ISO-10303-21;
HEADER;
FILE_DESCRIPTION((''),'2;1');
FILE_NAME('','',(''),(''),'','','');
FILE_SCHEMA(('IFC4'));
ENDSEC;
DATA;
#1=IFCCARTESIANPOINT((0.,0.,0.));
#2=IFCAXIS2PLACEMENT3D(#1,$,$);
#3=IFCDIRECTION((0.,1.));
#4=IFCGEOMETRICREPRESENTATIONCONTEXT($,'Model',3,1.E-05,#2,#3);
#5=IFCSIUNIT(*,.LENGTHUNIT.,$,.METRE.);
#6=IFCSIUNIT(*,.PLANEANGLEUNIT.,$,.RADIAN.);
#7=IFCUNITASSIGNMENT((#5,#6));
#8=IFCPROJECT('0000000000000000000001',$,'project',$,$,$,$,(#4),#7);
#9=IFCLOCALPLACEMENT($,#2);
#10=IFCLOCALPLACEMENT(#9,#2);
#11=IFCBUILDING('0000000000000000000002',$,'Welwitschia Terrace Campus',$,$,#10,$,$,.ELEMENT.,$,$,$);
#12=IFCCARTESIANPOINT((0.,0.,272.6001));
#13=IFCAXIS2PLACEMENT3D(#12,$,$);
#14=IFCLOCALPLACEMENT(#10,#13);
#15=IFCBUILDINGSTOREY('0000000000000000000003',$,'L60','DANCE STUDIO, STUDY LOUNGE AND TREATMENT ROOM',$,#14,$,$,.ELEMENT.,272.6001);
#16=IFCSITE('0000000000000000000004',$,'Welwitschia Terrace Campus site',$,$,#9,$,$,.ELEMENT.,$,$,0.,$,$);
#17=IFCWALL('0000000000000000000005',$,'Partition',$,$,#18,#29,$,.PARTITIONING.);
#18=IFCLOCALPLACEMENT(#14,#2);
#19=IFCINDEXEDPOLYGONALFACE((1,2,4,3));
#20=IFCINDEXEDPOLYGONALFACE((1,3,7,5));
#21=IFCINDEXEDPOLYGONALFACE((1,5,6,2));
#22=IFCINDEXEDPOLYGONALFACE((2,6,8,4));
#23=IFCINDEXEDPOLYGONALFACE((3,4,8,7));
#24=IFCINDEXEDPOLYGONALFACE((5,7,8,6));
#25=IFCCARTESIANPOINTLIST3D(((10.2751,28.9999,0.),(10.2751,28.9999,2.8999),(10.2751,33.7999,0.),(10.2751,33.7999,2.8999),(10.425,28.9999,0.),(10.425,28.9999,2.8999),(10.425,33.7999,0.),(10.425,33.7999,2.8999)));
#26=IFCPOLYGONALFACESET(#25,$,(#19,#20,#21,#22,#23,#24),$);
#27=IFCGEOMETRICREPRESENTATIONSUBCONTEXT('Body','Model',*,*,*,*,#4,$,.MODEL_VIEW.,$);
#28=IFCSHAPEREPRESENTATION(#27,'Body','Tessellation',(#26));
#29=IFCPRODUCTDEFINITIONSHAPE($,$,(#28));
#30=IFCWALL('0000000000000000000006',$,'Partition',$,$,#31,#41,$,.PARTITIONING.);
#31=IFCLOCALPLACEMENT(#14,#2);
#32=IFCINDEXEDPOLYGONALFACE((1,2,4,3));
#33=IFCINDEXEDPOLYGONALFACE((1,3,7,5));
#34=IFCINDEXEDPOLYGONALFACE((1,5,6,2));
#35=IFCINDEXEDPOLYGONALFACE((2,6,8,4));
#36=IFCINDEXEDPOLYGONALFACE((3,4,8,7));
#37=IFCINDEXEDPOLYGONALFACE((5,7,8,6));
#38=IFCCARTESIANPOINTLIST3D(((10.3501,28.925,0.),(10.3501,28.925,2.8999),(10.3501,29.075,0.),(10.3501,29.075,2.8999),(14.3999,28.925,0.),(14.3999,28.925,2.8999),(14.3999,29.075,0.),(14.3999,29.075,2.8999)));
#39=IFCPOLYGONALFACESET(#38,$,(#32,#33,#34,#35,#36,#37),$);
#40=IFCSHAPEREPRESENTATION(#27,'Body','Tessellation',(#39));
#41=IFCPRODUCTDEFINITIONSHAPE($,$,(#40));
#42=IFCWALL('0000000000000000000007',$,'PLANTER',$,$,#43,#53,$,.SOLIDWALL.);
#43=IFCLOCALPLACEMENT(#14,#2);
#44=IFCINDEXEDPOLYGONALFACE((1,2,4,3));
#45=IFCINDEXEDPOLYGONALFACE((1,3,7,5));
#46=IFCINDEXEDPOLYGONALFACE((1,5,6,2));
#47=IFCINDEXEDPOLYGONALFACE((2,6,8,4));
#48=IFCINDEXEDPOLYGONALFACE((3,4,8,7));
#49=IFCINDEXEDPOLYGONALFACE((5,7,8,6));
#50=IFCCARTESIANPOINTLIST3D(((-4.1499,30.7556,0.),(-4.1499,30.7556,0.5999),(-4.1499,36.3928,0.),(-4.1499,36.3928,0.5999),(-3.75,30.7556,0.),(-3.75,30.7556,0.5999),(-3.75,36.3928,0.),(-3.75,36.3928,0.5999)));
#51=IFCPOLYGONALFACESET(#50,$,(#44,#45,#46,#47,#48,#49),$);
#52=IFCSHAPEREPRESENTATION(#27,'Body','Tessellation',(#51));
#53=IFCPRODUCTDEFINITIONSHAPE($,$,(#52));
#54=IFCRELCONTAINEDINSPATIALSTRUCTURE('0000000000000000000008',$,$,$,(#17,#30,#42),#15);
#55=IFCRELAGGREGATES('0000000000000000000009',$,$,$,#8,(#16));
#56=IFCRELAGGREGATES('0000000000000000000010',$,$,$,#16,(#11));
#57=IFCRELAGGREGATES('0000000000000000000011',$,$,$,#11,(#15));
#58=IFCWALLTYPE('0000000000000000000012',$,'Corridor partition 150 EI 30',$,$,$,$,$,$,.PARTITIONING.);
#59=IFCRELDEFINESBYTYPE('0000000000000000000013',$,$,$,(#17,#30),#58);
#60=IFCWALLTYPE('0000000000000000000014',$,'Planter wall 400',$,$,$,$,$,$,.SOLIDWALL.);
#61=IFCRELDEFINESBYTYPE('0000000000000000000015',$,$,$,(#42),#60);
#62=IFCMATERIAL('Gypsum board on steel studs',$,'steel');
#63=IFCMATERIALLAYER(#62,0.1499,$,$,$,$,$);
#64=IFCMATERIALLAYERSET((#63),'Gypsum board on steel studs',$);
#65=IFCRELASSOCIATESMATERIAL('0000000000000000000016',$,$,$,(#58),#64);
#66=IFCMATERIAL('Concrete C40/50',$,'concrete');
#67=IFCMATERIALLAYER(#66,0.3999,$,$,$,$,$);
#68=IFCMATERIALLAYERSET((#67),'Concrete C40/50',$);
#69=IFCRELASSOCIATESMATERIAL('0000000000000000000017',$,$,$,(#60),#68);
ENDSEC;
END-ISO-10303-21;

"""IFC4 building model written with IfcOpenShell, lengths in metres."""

from ifc_helpers import new_model, si_unit, direction, frame, frame_2d, origin, place, context, subcontext, project, spatial, rectangle, extrude, material, layer, layer_set, type_object, element, save


model = new_model("IFC4")

# Units and contexts
model_context = context("Model", 3, precision=1e-05, world=origin(), true_north=direction((0.0, 1.0)))
body_context = subcontext(model_context, "Body", "Model", "MODEL_VIEW")
ifc_project = project(units=[si_unit("LENGTHUNIT", "METRE"), si_unit("PLANEANGLEUNIT", "RADIAN")], contexts=[model_context])

# Site, building, storey
site_placement = place(None, origin())
site = spatial("IfcSite", under=ifc_project, at=site_placement, Name="Welwitschia Terrace Campus site", CompositionType="ELEMENT", RefElevation=0.0)
building_placement = place(site_placement, origin())
building = spatial("IfcBuilding", under=site, at=building_placement, Name="Welwitschia Terrace Campus", CompositionType="ELEMENT")
storey_placement = place(building_placement, frame((0.0, 0.0, 272.6001)))
storey = spatial("IfcBuildingStorey", under=building, at=storey_placement, Name="L60", Description="DANCE STUDIO, STUDY LOUNGE AND TREATMENT ROOM", CompositionType="ELEMENT", Elevation=272.6001)

# Shared definitions
ifc_material_1 = material(Name="Gypsum board on steel studs", Category="steel")
ifc_layer_1 = layer(ifc_material_1, 0.1499)
ifc_layer_set_1 = layer_set([ifc_layer_1], Name="Gypsum board on steel studs")
wall_type_1 = type_object("IfcWallType", Name="Corridor partition 150 EI 30", PredefinedType="PARTITIONING", material=ifc_layer_set_1)

# Walls
wall_1_placement = place(storey_placement, frame((10.3501, 29.0, 0.0), z_axis=(0.0, 0.0, 1.0), x_axis=(0.0, 1.0, 0.0)))
element("IfcWall", 1, at=wall_1_placement, inside=storey, type_object=wall_type_1, Name="Partition", PredefinedType="PARTITIONING", context=body_context, shape_type="SweptSolid", body=[
    extrude(rectangle(XDim=4.8, YDim=0.1499, at=frame_2d((2.3999, 0.0))), origin(), (0.0, 0.0, 1.0), 2.8999),
])
wall_2_placement = place(storey_placement, frame((10.3501, 29.0, 0.0), z_axis=(0.0, 0.0, 1.0), x_axis=(1.0, 0.0, 0.0)))
element("IfcWall", 2, at=wall_2_placement, inside=storey, type_object=wall_type_1, Name="Partition", PredefinedType="PARTITIONING", context=body_context, shape_type="SweptSolid", body=[
    extrude(rectangle(XDim=4.0498, YDim=0.1499, at=frame_2d((2.0249, 0.0))), origin(), (0.0, 0.0, 1.0), 2.8999),
])
ifc_material_2 = material(Name="Concrete C40/50", Category="concrete")
ifc_layer_2 = layer(ifc_material_2, 0.3999)
ifc_layer_set_2 = layer_set([ifc_layer_2], Name="Concrete C40/50")
wall_type_2 = type_object("IfcWallType", Name="Planter wall 400", PredefinedType="SOLIDWALL", material=ifc_layer_set_2)
wall_3_placement = place(storey_placement, frame((-3.95, 30.7556, 0.0), z_axis=(0.0, 0.0, 1.0), x_axis=(0.0, 1.0, 0.0)))
element("IfcWall", 3, at=wall_3_placement, inside=storey, type_object=wall_type_2, Name="PLANTER", PredefinedType="SOLIDWALL", context=body_context, shape_type="SweptSolid", body=[
    extrude(rectangle(XDim=5.6372, YDim=0.3999, at=frame_2d((2.8186, 0.0))), origin(), (0.0, 0.0, 1.0), 0.5999),
])

save(model, "model.ifc")
